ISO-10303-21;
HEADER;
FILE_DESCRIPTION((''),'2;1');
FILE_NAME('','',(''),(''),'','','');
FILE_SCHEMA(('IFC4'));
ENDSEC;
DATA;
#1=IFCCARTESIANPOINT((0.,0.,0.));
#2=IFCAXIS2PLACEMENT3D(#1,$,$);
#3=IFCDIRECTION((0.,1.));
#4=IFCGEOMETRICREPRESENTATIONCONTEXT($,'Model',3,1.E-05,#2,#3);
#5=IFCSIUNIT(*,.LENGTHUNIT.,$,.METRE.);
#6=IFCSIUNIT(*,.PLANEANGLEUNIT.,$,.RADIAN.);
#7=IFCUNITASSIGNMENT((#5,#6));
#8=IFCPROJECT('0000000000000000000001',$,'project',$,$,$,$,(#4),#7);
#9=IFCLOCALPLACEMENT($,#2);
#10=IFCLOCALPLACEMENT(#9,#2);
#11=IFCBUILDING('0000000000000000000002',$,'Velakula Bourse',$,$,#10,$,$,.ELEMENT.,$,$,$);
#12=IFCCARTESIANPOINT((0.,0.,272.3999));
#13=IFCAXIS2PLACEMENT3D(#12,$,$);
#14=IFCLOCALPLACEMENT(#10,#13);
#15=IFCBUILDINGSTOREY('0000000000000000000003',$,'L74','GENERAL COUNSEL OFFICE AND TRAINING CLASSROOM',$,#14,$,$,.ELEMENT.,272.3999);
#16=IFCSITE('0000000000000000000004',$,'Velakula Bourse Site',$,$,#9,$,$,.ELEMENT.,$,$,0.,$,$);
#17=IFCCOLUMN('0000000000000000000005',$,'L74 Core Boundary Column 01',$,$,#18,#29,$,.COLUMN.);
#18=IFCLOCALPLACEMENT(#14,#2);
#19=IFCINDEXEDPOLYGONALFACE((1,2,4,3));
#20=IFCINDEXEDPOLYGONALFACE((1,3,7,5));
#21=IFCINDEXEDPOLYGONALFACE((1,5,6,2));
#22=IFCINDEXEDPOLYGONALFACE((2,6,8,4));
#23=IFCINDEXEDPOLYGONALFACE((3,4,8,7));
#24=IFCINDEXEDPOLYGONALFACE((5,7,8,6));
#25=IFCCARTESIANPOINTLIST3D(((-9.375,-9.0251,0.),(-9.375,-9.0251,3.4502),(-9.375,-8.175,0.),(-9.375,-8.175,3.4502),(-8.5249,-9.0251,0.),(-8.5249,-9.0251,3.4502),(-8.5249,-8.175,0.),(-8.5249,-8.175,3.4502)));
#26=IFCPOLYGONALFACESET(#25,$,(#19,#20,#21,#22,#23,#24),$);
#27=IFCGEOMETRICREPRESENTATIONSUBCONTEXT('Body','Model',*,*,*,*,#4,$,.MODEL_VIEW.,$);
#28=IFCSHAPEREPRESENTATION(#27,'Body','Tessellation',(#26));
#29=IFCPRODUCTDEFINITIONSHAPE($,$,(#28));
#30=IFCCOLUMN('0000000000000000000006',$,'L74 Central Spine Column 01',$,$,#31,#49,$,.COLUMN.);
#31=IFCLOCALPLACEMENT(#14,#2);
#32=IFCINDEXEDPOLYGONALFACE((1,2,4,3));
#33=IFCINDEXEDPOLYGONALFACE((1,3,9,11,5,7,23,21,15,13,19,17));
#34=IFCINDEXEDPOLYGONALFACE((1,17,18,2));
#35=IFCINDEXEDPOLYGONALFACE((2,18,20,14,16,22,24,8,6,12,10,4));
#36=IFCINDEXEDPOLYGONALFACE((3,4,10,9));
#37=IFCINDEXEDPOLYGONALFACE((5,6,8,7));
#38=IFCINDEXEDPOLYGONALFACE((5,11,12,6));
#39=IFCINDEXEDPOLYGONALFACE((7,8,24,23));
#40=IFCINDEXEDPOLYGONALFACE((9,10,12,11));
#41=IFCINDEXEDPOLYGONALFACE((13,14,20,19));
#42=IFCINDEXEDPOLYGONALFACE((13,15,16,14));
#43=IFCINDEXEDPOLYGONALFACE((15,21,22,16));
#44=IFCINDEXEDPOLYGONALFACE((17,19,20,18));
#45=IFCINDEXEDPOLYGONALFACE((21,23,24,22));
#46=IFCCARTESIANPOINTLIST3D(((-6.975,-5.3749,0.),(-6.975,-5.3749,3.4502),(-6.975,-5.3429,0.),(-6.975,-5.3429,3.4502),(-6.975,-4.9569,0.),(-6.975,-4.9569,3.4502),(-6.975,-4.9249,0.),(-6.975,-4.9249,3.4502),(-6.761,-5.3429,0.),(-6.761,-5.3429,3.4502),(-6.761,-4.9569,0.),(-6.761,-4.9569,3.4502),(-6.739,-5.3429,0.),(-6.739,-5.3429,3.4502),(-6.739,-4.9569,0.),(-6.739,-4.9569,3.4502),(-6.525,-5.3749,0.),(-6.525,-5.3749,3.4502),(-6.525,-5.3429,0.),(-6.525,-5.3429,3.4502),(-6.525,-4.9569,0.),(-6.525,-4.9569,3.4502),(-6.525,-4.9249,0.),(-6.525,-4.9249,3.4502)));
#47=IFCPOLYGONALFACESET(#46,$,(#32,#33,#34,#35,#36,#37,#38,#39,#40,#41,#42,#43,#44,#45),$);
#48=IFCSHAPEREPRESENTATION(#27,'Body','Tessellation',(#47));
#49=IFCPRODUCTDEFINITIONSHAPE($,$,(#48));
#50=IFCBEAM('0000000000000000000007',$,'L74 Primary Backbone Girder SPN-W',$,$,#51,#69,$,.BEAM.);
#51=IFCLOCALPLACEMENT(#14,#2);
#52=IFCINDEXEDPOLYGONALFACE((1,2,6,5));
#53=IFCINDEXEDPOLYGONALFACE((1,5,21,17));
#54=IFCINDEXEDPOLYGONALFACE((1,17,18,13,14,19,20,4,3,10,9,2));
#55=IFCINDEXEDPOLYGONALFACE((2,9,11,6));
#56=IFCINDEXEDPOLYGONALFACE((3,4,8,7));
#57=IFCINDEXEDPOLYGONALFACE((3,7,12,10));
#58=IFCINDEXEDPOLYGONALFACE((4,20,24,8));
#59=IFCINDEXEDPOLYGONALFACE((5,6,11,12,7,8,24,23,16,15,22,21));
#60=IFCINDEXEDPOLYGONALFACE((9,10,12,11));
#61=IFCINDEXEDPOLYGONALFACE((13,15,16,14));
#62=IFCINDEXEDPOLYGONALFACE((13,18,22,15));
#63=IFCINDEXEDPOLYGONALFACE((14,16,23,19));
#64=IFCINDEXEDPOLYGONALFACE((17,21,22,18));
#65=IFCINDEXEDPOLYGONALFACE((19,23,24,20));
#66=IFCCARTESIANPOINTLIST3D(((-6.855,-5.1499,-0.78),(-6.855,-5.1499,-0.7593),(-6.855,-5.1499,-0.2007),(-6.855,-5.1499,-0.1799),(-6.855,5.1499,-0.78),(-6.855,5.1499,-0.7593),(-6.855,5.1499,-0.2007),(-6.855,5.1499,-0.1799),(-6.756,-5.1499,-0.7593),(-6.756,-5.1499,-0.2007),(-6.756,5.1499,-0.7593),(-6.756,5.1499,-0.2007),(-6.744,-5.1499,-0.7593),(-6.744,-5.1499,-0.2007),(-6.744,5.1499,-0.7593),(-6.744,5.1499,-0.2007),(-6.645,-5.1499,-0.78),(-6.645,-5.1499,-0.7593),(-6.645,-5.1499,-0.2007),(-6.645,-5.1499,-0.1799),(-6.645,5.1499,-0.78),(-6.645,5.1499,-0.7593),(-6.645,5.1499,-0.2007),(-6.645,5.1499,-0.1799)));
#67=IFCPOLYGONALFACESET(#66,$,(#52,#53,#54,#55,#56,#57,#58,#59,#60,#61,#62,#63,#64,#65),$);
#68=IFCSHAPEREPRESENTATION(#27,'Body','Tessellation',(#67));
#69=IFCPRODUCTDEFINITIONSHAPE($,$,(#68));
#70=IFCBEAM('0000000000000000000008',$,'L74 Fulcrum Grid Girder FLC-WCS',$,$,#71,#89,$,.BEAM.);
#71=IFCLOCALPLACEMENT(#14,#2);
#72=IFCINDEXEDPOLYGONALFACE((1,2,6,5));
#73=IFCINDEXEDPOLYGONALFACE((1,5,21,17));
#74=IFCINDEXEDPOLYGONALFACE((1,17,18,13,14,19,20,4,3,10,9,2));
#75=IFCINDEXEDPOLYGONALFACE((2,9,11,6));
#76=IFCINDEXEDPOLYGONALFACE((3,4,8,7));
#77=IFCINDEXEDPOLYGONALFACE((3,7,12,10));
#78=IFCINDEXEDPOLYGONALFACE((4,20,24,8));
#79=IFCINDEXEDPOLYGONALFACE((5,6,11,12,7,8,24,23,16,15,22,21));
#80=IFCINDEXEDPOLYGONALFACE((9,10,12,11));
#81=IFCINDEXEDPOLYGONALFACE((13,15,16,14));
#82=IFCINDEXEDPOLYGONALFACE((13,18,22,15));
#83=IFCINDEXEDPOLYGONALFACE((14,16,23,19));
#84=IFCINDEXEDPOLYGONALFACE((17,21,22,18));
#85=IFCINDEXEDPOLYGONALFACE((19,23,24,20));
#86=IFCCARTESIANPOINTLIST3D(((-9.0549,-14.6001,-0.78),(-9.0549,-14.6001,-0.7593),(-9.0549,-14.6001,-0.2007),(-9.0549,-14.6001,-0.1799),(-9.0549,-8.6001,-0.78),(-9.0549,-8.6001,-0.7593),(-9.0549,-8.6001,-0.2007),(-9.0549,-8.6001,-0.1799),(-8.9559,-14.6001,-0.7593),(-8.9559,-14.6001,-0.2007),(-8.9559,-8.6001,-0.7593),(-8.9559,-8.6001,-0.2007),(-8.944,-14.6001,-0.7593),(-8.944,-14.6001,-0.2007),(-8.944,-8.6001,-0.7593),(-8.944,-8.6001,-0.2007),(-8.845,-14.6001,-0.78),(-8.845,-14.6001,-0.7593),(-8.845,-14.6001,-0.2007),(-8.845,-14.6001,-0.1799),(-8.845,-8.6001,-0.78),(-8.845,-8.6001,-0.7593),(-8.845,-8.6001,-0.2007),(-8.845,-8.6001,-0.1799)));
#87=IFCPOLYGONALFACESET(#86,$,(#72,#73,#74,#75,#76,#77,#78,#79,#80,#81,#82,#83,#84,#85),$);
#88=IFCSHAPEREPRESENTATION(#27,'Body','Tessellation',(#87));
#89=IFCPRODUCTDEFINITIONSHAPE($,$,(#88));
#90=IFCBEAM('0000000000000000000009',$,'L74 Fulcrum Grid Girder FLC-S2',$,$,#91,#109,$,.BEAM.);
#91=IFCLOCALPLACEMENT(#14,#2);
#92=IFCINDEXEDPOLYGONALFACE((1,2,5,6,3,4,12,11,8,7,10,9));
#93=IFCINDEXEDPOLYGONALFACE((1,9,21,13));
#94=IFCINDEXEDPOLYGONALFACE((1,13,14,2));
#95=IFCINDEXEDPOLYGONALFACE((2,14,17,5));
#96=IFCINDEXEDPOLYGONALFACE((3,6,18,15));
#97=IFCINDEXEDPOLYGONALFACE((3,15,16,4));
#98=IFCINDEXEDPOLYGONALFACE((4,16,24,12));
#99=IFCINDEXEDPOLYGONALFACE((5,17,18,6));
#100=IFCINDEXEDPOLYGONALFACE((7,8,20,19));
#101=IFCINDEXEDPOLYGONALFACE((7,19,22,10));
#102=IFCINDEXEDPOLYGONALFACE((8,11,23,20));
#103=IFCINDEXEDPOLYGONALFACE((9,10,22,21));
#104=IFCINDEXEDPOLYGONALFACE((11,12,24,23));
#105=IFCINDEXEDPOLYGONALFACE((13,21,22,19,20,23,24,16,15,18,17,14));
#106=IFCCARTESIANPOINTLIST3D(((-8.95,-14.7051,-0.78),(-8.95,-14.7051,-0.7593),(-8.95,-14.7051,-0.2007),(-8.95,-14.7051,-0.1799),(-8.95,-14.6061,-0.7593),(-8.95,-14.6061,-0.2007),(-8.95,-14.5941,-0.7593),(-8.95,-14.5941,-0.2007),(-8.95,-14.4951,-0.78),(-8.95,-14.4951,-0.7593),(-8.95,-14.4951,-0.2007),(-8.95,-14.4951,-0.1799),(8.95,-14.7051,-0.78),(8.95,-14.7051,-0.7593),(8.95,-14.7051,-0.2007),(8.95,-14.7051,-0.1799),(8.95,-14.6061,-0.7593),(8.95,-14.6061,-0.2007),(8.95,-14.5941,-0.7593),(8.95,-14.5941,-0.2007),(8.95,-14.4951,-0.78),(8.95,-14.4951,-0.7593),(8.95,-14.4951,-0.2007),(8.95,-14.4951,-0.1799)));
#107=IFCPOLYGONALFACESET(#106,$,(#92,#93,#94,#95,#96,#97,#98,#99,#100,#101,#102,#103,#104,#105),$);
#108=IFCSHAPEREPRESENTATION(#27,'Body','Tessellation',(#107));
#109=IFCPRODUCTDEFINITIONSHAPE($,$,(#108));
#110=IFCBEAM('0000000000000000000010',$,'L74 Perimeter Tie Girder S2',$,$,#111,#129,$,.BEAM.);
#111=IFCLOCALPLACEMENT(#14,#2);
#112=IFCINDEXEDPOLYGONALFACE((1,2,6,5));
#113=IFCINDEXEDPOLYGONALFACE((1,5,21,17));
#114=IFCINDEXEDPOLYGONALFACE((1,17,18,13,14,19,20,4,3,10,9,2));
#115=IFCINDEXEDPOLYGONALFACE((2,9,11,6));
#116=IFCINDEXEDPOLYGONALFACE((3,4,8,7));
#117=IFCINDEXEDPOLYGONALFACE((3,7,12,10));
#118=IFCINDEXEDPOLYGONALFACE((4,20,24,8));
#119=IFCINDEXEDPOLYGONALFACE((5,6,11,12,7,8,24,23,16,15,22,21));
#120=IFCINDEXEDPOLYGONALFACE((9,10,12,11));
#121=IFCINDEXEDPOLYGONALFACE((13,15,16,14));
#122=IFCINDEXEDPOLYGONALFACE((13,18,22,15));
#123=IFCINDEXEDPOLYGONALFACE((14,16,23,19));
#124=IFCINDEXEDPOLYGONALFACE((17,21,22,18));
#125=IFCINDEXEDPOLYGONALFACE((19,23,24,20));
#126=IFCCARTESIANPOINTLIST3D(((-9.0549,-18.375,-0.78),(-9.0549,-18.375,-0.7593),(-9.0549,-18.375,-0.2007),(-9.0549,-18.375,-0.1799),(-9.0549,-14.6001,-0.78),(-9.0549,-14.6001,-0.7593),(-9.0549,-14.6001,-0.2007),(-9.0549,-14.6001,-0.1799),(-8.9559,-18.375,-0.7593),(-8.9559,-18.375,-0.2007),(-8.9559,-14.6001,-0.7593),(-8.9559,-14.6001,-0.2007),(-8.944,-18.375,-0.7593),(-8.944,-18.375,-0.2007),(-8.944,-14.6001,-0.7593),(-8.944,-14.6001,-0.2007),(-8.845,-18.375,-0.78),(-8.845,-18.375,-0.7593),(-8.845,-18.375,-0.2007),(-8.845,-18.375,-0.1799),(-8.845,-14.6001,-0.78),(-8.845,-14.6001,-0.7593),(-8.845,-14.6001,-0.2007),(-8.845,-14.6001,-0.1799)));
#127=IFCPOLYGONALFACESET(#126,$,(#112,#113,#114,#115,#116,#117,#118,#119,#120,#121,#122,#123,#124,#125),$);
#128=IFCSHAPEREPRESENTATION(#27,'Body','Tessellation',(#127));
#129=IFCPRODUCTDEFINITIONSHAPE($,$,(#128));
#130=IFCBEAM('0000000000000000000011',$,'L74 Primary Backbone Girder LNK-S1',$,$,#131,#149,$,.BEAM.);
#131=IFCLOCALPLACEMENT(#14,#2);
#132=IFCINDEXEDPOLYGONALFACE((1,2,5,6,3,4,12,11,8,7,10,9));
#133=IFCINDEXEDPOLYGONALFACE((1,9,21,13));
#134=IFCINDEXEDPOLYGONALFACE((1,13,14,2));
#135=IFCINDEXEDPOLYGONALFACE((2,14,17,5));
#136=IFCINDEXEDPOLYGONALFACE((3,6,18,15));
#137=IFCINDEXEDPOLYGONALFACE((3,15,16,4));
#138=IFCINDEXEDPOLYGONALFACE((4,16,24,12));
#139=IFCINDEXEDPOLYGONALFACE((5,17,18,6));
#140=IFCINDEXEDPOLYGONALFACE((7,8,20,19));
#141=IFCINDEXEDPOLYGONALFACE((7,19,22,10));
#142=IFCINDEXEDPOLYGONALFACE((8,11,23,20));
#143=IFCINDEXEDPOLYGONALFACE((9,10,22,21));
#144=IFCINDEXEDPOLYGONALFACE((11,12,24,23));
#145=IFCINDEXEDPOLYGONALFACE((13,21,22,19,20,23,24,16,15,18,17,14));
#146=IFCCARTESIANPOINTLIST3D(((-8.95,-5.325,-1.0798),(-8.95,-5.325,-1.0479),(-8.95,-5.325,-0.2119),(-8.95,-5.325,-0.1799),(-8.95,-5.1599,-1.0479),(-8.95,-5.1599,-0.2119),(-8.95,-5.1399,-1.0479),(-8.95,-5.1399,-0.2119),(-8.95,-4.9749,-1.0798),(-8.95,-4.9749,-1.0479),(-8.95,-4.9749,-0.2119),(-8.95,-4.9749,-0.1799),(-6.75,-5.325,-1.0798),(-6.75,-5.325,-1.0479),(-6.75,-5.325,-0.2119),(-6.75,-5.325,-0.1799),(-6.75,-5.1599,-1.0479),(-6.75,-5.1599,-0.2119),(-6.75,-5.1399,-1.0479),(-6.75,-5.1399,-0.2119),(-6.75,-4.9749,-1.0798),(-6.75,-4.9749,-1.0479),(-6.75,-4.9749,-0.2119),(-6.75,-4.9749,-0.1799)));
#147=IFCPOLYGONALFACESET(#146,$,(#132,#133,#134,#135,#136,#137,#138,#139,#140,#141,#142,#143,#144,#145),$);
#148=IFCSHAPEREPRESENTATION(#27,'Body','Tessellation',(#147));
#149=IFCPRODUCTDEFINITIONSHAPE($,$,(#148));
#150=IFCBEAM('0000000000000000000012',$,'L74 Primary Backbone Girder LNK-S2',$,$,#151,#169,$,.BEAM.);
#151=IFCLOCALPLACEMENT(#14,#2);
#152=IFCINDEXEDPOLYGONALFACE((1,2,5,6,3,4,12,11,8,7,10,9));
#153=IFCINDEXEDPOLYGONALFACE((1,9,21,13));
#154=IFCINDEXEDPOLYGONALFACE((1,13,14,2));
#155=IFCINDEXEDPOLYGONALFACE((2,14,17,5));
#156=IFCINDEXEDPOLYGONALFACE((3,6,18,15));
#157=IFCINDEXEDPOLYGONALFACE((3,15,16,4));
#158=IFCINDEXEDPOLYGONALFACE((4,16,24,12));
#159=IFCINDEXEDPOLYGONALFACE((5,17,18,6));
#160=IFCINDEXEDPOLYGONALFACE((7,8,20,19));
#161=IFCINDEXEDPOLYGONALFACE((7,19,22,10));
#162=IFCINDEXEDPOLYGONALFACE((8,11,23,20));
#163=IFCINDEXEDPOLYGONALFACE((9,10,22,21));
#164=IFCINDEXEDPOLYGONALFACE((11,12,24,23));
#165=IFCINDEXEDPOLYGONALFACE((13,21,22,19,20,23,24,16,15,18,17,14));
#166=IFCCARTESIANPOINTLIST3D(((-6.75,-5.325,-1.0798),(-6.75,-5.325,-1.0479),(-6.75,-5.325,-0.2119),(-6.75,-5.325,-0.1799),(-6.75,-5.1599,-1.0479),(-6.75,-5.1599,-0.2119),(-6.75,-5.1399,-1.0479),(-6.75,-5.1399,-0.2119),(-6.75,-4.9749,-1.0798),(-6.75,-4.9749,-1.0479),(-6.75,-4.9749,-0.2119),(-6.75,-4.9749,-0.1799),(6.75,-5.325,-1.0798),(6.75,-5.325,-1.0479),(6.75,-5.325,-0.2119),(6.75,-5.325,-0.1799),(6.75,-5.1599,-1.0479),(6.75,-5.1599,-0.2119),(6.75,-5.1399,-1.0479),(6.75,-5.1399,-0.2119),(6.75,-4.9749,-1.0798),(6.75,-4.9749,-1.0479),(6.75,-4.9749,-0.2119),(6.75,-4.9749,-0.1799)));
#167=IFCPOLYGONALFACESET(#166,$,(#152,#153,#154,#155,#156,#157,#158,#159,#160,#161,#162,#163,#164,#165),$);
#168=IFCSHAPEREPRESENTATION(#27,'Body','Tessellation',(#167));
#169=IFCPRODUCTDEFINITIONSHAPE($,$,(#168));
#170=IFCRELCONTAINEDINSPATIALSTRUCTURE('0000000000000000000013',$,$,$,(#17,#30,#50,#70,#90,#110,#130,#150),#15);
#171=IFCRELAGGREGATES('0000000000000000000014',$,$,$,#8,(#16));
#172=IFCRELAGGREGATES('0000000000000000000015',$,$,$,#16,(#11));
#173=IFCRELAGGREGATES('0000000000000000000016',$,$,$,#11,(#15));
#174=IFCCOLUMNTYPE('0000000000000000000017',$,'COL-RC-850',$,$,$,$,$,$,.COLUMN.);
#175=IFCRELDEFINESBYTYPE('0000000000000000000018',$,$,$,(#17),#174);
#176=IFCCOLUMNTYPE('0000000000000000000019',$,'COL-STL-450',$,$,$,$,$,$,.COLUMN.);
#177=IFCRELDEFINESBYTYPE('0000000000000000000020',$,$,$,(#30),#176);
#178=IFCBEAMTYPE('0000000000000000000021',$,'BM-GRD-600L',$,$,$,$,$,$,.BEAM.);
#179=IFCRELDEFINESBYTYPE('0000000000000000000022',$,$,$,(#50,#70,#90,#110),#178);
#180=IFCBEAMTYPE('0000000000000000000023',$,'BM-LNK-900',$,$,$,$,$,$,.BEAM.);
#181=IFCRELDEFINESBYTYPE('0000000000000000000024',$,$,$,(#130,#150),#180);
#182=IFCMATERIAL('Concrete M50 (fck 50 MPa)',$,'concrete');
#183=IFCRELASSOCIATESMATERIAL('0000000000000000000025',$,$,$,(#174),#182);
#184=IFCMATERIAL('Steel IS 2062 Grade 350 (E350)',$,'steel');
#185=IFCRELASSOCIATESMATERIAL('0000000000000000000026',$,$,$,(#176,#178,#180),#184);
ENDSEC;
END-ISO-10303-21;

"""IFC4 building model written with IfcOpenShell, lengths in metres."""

from ifc_helpers import new_model, si_unit, direction, frame, origin, origin_2d, place, context, subcontext, project, spatial, rectangle, i_section, extrude, material, material_profile, profile_set, type_object, element, save


model = new_model("IFC4")

# Units and contexts
model_context = context("Model", 3, precision=1e-05, world=origin(), true_north=direction((0.0, 1.0)))
body_context = subcontext(model_context, "Body", "Model", "MODEL_VIEW")
ifc_project = project(units=[si_unit("LENGTHUNIT", "METRE"), si_unit("PLANEANGLEUNIT", "RADIAN")], contexts=[model_context])

# Site, building, storey
site_placement = place(None, origin())
site = spatial("IfcSite", under=ifc_project, at=site_placement, Name="Velakula Bourse Site", CompositionType="ELEMENT", RefElevation=0.0)
building_placement = place(site_placement, origin())
building = spatial("IfcBuilding", under=site, at=building_placement, Name="Velakula Bourse", CompositionType="ELEMENT")
storey_placement = place(building_placement, frame((0.0, 0.0, 272.3999)))
storey = spatial("IfcBuildingStorey", under=building, at=storey_placement, Name="L74", Description="GENERAL COUNSEL OFFICE AND TRAINING CLASSROOM", CompositionType="ELEMENT", Elevation=272.3999)

# Columns
ifc_material_1 = material(Name="Concrete M50 (fck 50 MPa)", Category="concrete")
ifc_material_profile_1 = material_profile(ifc_material_1, rectangle(XDim=0.8501, YDim=0.8501, at=origin_2d()), Name="Concrete M50 (fck 50 MPa)")
ifc_profile_set_1 = profile_set([ifc_material_profile_1], Name="Concrete M50 (fck 50 MPa)")
column_type_1 = type_object("IfcColumnType", Name="COL-RC-850", PredefinedType="COLUMN", material=ifc_profile_set_1)
column_1_placement = place(storey_placement, frame((-8.95, -8.6001, 0.0), z_axis=(0.0, 0.0, 1.0), x_axis=(1.0, 0.0, 0.0)))
element("IfcColumn", 1, at=column_1_placement, inside=storey, type_object=column_type_1, Name="L74 Core Boundary Column 01", PredefinedType="COLUMN", context=body_context, shape_type="SweptSolid", body=[
    extrude(rectangle(XDim=0.8501, YDim=0.8501, at=origin_2d()), origin(), (0.0, 0.0, 1.0), 3.4502),
])
ifc_material_2 = material(Name="Steel IS 2062 Grade 350 (E350)", Category="steel")
ifc_material_profile_2 = material_profile(ifc_material_2, i_section(OverallWidth=0.45, OverallDepth=0.45, WebThickness=0.022, FlangeThickness=0.032, at=origin_2d()), Name="Steel IS 2062 Grade 350 (E350)")
ifc_profile_set_2 = profile_set([ifc_material_profile_2], Name="Steel IS 2062 Grade 350 (E350)")
column_type_2 = type_object("IfcColumnType", Name="COL-STL-450", PredefinedType="COLUMN", material=ifc_profile_set_2)
column_2_placement = place(storey_placement, frame((-6.75, -5.1499, 0.0), z_axis=(0.0, 0.0, 1.0), x_axis=(1.0, 0.0, 0.0)))
element("IfcColumn", 2, at=column_2_placement, inside=storey, type_object=column_type_2, Name="L74 Central Spine Column 01", PredefinedType="COLUMN", context=body_context, shape_type="SweptSolid", body=[
    extrude(i_section(OverallWidth=0.45, OverallDepth=0.45, WebThickness=0.022, FlangeThickness=0.032, at=origin_2d()), origin(), (0.0, 0.0, 1.0), 3.4502),
])

# Beams
ifc_material_profile_3 = material_profile(ifc_material_2, i_section(OverallWidth=0.21, OverallDepth=0.6001, WebThickness=0.012, FlangeThickness=0.0208, at=origin_2d()), Name="Steel IS 2062 Grade 350 (E350)")
ifc_profile_set_3 = profile_set([ifc_material_profile_3], Name="Steel IS 2062 Grade 350 (E350)")
beam_type_1 = type_object("IfcBeamType", Name="BM-GRD-600L", PredefinedType="BEAM", material=ifc_profile_set_3)
beam_1_placement = place(storey_placement, frame((-6.75, -5.1499, -0.48), z_axis=(0.0, 1.0, 0.0), x_axis=(-1.0, 0.0, 0.0)))
element("IfcBeam", 3, at=beam_1_placement, inside=storey, type_object=beam_type_1, Name="L74 Primary Backbone Girder SPN-W", PredefinedType="BEAM", context=body_context, shape_type="SweptSolid", body=[
    extrude(i_section(OverallWidth=0.21, OverallDepth=0.6001, WebThickness=0.012, FlangeThickness=0.0208, at=origin_2d()), origin(), (0.0, 0.0, 1.0), 10.2998),
])
beam_2_placement = place(storey_placement, frame((-8.95, -14.6001, -0.48), z_axis=(0.0, 1.0, 0.0), x_axis=(-1.0, 0.0, 0.0)))
element("IfcBeam", 4, at=beam_2_placement, inside=storey, type_object=beam_type_1, Name="L74 Fulcrum Grid Girder FLC-WCS", PredefinedType="BEAM", context=body_context, shape_type="SweptSolid", body=[
    extrude(i_section(OverallWidth=0.21, OverallDepth=0.6001, WebThickness=0.012, FlangeThickness=0.0208, at=origin_2d()), origin(), (0.0, 0.0, 1.0), 6.0),
])
beam_3_placement = place(storey_placement, frame((-8.95, -14.6001, -0.48), z_axis=(1.0, 0.0, 0.0), x_axis=(0.0, 1.0, 0.0)))
element("IfcBeam", 5, at=beam_3_placement, inside=storey, type_object=beam_type_1, Name="L74 Fulcrum Grid Girder FLC-S2", PredefinedType="BEAM", context=body_context, shape_type="SweptSolid", body=[
    extrude(i_section(OverallWidth=0.21, OverallDepth=0.6001, WebThickness=0.012, FlangeThickness=0.0208, at=origin_2d()), origin(), (0.0, 0.0, 1.0), 17.8999),
])
beam_4_placement = place(storey_placement, frame((-8.95, -14.6001, -0.48), z_axis=(0.0, -1.0, 0.0), x_axis=(1.0, 0.0, 0.0)))
element("IfcBeam", 6, at=beam_4_placement, inside=storey, type_object=beam_type_1, Name="L74 Perimeter Tie Girder S2", PredefinedType="BEAM", context=body_context, shape_type="SweptSolid", body=[
    extrude(i_section(OverallWidth=0.21, OverallDepth=0.6001, WebThickness=0.012, FlangeThickness=0.0208, at=origin_2d()), origin(), (0.0, 0.0, 1.0), 3.7749),
])
ifc_material_profile_4 = material_profile(ifc_material_2, i_section(OverallWidth=0.3501, OverallDepth=0.8999, WebThickness=0.02, FlangeThickness=0.032, at=origin_2d()), Name="Steel IS 2062 Grade 350 (E350)")
ifc_profile_set_4 = profile_set([ifc_material_profile_4], Name="Steel IS 2062 Grade 350 (E350)")
beam_type_2 = type_object("IfcBeamType", Name="BM-LNK-900", PredefinedType="BEAM", material=ifc_profile_set_4)
beam_5_placement = place(storey_placement, frame((-8.95, -5.1499, -0.6299), z_axis=(1.0, 0.0, 0.0), x_axis=(0.0, 1.0, 0.0)))
element("IfcBeam", 7, at=beam_5_placement, inside=storey, type_object=beam_type_2, Name="L74 Primary Backbone Girder LNK-S1", PredefinedType="BEAM", context=body_context, shape_type="SweptSolid", body=[
    extrude(i_section(OverallWidth=0.3501, OverallDepth=0.8999, WebThickness=0.02, FlangeThickness=0.032, at=origin_2d()), origin(), (0.0, 0.0, 1.0), 2.2),
])
beam_6_placement = place(storey_placement, frame((-6.75, -5.1499, -0.6299), z_axis=(1.0, 0.0, 0.0), x_axis=(0.0, 1.0, 0.0)))
element("IfcBeam", 8, at=beam_6_placement, inside=storey, type_object=beam_type_2, Name="L74 Primary Backbone Girder LNK-S2", PredefinedType="BEAM", context=body_context, shape_type="SweptSolid", body=[
    extrude(i_section(OverallWidth=0.3501, OverallDepth=0.8999, WebThickness=0.02, FlangeThickness=0.032, at=origin_2d()), origin(), (0.0, 0.0, 1.0), 13.5),
])

save(model, "model.ifc")
